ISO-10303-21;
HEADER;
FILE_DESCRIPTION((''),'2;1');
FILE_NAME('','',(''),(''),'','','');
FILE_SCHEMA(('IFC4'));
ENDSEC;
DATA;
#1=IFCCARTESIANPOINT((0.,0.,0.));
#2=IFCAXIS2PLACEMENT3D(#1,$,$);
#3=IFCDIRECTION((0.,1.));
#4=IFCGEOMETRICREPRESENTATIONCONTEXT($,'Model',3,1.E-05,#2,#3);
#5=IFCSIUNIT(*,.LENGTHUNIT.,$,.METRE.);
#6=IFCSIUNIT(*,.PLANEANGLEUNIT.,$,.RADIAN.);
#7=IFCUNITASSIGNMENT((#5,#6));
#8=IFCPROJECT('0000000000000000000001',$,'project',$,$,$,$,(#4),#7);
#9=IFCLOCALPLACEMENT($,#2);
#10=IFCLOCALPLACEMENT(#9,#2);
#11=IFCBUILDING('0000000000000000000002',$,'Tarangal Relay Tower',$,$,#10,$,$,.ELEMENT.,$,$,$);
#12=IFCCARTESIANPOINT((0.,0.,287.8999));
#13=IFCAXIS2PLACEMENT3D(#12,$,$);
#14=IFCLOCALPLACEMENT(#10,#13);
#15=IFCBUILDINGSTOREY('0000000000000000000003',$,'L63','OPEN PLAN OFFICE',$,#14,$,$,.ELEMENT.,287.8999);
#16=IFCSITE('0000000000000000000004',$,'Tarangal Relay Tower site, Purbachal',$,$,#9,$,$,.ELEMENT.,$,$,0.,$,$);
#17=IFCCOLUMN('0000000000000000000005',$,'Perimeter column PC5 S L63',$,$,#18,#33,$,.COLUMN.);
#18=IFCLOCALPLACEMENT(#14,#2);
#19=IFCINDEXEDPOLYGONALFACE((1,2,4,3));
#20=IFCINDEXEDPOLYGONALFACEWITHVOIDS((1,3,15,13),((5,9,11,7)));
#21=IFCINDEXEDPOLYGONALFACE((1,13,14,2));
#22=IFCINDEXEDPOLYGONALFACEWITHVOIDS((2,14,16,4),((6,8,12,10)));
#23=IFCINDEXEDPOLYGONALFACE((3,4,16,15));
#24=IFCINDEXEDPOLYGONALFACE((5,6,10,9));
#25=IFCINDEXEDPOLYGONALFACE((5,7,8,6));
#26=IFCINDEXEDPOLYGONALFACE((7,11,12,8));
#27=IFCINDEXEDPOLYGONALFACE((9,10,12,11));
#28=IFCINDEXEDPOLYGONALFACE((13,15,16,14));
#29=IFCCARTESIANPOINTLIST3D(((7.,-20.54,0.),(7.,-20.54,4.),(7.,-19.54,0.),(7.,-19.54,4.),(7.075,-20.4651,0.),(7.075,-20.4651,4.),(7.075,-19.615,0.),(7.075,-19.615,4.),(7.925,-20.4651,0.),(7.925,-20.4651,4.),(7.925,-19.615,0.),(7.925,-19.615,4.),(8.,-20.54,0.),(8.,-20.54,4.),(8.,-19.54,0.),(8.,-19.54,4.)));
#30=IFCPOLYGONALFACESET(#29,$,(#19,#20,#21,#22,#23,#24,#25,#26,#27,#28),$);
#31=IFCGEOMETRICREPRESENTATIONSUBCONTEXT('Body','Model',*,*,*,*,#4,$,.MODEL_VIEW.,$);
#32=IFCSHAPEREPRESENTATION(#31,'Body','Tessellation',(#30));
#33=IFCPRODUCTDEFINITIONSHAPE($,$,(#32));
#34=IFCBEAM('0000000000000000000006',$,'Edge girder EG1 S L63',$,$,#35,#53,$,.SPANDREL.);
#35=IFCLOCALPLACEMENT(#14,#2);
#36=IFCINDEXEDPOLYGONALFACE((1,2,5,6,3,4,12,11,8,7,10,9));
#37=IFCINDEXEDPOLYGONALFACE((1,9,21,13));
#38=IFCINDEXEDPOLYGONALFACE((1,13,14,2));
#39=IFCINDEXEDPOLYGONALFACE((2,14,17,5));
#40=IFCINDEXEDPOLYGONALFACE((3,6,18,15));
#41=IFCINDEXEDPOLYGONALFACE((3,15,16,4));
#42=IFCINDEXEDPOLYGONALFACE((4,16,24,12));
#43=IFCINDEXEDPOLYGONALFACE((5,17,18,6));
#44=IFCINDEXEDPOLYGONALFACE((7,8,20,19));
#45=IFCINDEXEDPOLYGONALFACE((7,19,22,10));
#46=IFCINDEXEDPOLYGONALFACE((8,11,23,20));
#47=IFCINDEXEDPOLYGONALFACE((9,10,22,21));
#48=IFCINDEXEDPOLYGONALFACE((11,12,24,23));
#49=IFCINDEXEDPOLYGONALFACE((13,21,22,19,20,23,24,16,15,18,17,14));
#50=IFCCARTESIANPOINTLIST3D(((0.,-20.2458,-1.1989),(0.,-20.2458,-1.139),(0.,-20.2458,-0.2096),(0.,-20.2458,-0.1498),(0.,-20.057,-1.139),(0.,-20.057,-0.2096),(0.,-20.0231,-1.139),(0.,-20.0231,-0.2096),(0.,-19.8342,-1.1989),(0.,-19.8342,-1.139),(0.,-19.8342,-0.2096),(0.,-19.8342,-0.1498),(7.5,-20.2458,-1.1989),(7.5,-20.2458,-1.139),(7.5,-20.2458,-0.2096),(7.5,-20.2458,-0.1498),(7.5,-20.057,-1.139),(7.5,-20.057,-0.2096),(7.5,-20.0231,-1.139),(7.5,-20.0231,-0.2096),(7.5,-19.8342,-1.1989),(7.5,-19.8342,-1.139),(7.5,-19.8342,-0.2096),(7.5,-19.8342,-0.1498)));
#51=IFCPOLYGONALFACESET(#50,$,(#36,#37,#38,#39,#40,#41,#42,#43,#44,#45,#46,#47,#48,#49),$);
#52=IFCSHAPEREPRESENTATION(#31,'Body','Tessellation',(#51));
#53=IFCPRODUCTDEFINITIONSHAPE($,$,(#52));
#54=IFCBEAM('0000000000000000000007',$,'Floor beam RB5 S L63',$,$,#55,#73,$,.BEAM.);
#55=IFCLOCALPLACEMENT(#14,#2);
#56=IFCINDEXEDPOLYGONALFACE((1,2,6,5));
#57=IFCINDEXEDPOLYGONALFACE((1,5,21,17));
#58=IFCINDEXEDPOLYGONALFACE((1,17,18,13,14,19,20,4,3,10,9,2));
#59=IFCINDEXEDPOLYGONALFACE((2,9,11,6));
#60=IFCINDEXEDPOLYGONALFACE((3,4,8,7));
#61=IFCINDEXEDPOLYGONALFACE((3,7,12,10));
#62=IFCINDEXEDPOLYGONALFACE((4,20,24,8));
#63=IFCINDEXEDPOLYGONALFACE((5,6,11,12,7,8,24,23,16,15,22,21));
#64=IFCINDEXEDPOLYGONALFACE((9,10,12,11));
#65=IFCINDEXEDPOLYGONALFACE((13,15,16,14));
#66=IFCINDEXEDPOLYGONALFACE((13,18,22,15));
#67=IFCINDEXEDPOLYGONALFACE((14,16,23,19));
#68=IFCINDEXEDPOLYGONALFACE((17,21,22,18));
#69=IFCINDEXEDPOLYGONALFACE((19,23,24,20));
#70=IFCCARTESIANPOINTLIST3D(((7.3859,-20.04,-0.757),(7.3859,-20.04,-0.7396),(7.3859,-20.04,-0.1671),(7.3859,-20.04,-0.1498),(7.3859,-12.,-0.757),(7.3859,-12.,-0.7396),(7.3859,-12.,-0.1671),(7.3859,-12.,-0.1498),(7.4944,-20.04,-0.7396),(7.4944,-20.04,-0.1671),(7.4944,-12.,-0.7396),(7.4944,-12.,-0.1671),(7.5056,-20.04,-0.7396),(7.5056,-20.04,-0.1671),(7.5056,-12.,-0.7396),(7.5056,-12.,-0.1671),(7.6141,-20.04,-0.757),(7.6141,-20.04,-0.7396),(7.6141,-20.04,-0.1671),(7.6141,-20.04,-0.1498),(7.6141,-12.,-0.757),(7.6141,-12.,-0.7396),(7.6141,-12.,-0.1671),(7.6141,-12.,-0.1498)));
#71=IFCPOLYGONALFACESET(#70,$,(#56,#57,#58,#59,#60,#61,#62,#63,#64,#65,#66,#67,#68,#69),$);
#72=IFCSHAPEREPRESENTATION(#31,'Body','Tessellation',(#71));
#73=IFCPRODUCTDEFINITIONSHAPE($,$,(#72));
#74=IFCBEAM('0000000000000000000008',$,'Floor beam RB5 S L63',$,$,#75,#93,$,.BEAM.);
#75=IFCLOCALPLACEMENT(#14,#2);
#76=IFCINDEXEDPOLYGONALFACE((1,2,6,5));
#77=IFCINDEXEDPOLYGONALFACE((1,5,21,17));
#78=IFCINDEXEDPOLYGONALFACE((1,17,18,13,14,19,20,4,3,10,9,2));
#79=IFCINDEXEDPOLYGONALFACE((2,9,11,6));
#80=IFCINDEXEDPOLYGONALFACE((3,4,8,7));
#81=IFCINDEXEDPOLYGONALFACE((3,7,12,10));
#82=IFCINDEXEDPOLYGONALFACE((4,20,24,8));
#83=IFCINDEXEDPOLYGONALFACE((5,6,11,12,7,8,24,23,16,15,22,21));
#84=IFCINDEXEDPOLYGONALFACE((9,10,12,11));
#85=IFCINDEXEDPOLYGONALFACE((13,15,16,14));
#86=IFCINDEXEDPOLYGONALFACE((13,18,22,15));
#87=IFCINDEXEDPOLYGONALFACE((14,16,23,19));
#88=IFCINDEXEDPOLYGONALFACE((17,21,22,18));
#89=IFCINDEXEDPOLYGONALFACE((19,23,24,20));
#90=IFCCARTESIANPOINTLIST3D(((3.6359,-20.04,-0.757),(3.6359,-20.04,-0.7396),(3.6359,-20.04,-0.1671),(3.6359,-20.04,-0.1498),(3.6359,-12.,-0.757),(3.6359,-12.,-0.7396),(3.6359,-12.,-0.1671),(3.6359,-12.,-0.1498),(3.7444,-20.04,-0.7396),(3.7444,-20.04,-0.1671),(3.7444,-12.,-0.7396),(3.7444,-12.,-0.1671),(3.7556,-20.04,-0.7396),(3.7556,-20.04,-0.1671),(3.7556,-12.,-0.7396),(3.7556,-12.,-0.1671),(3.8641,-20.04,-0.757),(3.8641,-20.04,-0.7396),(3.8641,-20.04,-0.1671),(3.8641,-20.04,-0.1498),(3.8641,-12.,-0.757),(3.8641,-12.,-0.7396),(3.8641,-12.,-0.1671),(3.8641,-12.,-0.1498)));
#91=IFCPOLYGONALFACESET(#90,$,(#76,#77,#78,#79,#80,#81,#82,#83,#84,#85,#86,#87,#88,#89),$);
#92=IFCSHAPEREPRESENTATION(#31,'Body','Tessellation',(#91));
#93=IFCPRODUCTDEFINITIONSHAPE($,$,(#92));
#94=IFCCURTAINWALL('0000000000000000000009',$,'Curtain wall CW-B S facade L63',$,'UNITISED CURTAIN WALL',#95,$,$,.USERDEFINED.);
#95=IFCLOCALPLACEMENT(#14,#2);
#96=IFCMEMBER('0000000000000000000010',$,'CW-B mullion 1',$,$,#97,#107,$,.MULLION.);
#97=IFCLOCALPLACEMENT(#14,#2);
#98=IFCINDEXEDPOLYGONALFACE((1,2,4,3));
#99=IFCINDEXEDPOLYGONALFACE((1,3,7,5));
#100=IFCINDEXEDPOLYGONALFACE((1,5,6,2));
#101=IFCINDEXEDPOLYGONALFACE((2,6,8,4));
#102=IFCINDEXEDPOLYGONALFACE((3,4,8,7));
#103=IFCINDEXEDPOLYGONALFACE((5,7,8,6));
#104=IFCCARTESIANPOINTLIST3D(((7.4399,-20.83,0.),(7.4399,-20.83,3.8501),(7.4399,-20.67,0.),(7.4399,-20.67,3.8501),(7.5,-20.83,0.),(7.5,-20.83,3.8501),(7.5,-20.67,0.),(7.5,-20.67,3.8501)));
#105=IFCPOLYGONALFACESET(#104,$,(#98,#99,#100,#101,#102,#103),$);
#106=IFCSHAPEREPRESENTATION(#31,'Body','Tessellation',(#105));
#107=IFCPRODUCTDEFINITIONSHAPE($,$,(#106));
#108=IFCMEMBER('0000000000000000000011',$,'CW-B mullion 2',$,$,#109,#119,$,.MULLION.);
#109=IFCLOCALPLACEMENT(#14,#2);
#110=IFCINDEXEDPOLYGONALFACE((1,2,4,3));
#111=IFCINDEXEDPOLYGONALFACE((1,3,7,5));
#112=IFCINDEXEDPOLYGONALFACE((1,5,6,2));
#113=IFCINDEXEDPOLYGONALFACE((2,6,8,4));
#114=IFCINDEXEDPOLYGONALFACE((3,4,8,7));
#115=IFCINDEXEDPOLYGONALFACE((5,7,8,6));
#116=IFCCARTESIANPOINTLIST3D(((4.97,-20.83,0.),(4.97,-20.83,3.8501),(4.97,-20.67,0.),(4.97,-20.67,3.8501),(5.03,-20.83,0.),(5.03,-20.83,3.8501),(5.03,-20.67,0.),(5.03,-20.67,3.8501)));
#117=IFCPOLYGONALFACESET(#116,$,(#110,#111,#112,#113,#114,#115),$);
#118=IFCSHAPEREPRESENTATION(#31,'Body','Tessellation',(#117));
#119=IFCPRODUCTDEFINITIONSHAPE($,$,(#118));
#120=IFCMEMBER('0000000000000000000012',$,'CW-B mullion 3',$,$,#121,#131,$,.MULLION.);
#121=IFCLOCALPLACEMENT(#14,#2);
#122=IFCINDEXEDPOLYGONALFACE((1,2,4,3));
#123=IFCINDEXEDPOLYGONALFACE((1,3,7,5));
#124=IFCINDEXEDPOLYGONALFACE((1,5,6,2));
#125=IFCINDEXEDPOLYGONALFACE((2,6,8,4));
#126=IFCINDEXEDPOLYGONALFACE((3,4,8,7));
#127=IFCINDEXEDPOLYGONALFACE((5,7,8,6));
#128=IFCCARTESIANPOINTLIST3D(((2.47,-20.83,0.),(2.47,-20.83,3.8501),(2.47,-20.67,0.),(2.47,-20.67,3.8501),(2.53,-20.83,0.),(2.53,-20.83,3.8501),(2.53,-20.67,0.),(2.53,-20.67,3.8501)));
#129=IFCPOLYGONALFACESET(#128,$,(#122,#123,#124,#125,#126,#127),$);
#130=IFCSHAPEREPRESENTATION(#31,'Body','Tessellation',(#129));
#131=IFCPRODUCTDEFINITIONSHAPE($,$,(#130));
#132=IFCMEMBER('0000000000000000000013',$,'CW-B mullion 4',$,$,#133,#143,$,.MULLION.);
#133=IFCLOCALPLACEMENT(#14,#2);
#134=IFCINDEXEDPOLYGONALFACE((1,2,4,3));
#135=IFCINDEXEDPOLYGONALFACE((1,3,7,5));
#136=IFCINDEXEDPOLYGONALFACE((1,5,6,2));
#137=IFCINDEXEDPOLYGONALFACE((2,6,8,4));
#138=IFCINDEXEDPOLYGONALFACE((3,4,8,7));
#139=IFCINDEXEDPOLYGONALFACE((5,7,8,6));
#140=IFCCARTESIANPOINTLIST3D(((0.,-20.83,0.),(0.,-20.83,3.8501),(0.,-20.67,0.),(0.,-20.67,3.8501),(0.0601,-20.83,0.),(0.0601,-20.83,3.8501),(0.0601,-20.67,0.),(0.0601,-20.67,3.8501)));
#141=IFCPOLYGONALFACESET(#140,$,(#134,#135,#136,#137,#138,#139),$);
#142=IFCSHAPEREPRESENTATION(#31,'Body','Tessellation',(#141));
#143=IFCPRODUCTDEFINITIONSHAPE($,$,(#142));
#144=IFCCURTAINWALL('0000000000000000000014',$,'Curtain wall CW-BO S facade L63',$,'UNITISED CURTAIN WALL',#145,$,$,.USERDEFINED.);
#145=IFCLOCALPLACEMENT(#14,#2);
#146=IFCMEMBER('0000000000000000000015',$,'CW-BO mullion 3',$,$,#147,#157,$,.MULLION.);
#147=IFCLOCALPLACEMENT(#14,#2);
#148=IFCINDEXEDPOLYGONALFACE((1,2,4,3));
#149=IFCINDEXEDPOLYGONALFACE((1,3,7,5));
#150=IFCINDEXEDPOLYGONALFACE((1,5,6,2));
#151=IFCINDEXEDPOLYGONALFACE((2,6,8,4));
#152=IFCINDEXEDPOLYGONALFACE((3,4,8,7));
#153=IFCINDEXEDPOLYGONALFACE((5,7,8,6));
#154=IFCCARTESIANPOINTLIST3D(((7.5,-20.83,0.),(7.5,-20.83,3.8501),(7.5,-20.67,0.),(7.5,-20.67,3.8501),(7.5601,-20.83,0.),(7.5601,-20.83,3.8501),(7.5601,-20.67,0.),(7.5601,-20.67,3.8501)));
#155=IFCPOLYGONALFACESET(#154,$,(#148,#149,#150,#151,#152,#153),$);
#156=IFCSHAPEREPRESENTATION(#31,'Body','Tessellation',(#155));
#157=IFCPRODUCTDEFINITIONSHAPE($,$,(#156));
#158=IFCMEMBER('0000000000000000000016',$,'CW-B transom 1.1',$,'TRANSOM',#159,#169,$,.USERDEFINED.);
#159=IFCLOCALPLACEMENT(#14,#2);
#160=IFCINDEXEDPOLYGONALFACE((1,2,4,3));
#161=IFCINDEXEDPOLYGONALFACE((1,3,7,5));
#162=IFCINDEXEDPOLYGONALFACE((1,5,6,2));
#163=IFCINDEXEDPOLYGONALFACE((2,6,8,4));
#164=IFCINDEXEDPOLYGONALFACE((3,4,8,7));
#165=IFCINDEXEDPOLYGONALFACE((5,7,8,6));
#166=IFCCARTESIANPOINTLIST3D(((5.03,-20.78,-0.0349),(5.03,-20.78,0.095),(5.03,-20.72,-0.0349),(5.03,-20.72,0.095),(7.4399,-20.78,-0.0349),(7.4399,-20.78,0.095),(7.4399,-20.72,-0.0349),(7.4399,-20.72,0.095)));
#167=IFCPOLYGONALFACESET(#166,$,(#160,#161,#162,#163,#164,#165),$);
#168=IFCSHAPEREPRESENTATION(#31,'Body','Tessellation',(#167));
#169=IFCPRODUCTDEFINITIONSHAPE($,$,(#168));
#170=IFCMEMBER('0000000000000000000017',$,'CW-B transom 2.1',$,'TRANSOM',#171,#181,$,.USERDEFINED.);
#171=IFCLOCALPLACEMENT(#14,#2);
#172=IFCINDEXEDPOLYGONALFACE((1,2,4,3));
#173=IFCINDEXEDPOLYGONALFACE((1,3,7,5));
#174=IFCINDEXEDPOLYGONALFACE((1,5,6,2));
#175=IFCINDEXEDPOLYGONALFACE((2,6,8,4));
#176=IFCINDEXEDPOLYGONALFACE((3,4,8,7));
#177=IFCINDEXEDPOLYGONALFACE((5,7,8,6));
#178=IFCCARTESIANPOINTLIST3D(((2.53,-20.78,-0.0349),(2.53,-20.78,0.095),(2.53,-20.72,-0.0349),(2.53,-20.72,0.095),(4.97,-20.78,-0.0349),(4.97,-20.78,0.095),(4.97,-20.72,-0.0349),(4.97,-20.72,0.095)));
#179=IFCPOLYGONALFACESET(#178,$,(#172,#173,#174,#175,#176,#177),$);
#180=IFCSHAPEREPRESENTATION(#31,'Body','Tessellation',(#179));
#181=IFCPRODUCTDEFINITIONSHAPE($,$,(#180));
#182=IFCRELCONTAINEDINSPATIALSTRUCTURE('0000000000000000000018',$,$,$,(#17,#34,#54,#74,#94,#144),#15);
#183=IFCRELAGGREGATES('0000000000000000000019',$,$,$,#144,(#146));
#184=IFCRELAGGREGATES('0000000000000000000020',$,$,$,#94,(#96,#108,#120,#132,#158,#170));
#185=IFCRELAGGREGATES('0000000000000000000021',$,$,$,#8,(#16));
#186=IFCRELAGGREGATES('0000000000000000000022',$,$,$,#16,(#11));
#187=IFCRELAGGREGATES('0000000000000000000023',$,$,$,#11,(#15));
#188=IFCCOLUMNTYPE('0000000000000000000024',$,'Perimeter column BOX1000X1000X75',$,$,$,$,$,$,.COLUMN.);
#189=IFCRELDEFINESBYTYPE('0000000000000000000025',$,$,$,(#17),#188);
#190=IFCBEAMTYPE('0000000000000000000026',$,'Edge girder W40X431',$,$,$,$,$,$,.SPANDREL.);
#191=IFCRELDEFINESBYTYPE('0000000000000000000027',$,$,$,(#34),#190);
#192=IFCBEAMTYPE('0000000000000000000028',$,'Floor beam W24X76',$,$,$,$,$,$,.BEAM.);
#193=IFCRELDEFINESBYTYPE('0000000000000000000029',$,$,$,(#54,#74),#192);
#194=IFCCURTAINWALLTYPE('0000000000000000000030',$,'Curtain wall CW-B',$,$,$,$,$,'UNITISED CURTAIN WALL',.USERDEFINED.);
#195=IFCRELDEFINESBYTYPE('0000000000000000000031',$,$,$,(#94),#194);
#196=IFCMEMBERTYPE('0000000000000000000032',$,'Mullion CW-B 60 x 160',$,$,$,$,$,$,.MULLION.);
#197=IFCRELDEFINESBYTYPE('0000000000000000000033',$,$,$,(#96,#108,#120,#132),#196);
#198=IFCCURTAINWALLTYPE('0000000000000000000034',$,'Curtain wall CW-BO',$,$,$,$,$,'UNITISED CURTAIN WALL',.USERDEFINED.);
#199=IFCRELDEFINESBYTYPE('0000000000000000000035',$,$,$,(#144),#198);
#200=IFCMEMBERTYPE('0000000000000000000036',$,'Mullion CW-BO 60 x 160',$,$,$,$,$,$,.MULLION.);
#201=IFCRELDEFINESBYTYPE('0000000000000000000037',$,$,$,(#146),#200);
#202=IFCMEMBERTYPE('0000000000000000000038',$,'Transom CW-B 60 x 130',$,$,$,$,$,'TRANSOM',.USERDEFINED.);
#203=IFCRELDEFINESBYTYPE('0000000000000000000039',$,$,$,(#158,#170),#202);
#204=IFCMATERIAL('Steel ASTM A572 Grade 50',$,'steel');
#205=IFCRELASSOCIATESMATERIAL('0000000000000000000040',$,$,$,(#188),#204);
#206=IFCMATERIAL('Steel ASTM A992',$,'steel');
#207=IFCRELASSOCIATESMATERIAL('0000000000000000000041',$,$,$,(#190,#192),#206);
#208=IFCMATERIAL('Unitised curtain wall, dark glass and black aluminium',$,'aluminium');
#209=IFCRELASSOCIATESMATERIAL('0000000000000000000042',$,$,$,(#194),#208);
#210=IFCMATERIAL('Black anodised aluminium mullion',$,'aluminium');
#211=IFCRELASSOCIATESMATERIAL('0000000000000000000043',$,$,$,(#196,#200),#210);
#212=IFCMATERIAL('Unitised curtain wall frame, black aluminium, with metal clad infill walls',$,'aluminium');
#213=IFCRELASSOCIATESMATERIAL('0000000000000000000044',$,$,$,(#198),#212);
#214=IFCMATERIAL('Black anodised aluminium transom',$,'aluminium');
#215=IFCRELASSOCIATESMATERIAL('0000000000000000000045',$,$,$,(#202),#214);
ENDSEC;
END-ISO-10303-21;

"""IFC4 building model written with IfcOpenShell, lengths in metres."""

from ifc_helpers import new_model, si_unit, direction, frame, origin, origin_2d, place, context, subcontext, project, spatial, rectangle, hollow_rectangle, i_section, extrude, material, material_profile, profile_set, type_object, element, aggregate, save


model = new_model("IFC4")

# Units and contexts
model_context = context("Model", 3, precision=1e-05, world=origin(), true_north=direction((0.0, 1.0)))
body_context = subcontext(model_context, "Body", "Model", "MODEL_VIEW")
ifc_project = project(units=[si_unit("LENGTHUNIT", "METRE"), si_unit("PLANEANGLEUNIT", "RADIAN")], contexts=[model_context])

# Site, building, storey
site_placement = place(None, origin())
site = spatial("IfcSite", under=ifc_project, at=site_placement, Name="Tarangal Relay Tower site, Purbachal", CompositionType="ELEMENT", RefElevation=0.0)
building_placement = place(site_placement, origin())
building = spatial("IfcBuilding", under=site, at=building_placement, Name="Tarangal Relay Tower", CompositionType="ELEMENT")
storey_placement = place(building_placement, frame((0.0, 0.0, 287.8999)))
storey = spatial("IfcBuildingStorey", under=building, at=storey_placement, Name="L63", Description="OPEN PLAN OFFICE", CompositionType="ELEMENT", Elevation=287.8999)

# Column
ifc_material_1 = material(Name="Steel ASTM A572 Grade 50", Category="steel")
ifc_material_profile_1 = material_profile(ifc_material_1, hollow_rectangle(XDim=1.0, YDim=1.0, WallThickness=0.075, at=origin_2d()), Name="BOX1000X1000X75")
ifc_profile_set_1 = profile_set([ifc_material_profile_1], Name="Steel ASTM A572 Grade 50")
column_type = type_object("IfcColumnType", Name="Perimeter column BOX1000X1000X75", PredefinedType="COLUMN", material=ifc_profile_set_1)
column_placement = place(storey_placement, frame((7.5, -20.04, 0.0), z_axis=(0.0, 0.0, 1.0), x_axis=(1.0, 0.0, 0.0)))
element("IfcColumn", 1, at=column_placement, inside=storey, type_object=column_type, Name="Perimeter column PC5 S L63", PredefinedType="COLUMN", context=body_context, shape_type="SweptSolid", body=[
    extrude(hollow_rectangle(XDim=1.0, YDim=1.0, WallThickness=0.075, at=origin_2d()), origin(), (0.0, 0.0, 1.0), 4.0),
])

# Beams
ifc_material_2 = material(Name="Steel ASTM A992", Category="steel")
ifc_material_profile_2 = material_profile(ifc_material_2, i_section(OverallWidth=0.4116, OverallDepth=1.0491, WebThickness=0.0339, FlangeThickness=0.0598, at=origin_2d()), Name="W40X431")
ifc_profile_set_2 = profile_set([ifc_material_profile_2], Name="Steel ASTM A992")
beam_type_1 = type_object("IfcBeamType", Name="Edge girder W40X431", PredefinedType="SPANDREL", material=ifc_profile_set_2)
beam_placement = place(storey_placement, frame((7.5, -20.04, -0.6743), z_axis=(-1.0, 0.0, 0.0), x_axis=(0.0, -1.0, 0.0)))
element("IfcBeam", 2, at=beam_placement, inside=storey, type_object=beam_type_1, Name="Edge girder EG1 S L63", PredefinedType="SPANDREL", context=body_context, shape_type="SweptSolid", body=[
    extrude(i_section(OverallWidth=0.4116, OverallDepth=1.0491, WebThickness=0.0339, FlangeThickness=0.0598, at=origin_2d()), origin(), (0.0, 0.0, 1.0), 7.5),
])
ifc_material_profile_3 = material_profile(ifc_material_2, i_section(OverallWidth=0.2283, OverallDepth=0.6072, WebThickness=0.0112, FlangeThickness=0.0173, at=origin_2d()), Name="W24X76")
ifc_profile_set_3 = profile_set([ifc_material_profile_3], Name="Steel ASTM A992")
beam_type_2 = type_object("IfcBeamType", Name="Floor beam W24X76", PredefinedType="BEAM", material=ifc_profile_set_3)
for number, where, z_axis, x_axis, name in (
    (3, (7.5, -12.0, -0.4534), (0.0, -1.0, 0.0), (1.0, 0.0, 0.0), "Floor beam RB5 S L63"),
    (4, (3.75, -12.0, -0.4534), (0.0, -1.0, 0.0), (1.0, 0.0, 0.0), "Floor beam RB5 S L63"),
):
    element("IfcBeam", number, at=place(storey_placement, frame(where, z_axis=z_axis, x_axis=x_axis)), inside=storey, type_object=beam_type_2, Name=name, PredefinedType="BEAM", context=body_context, shape_type="SweptSolid", body=[
        extrude(i_section(OverallWidth=0.2283, OverallDepth=0.6072, WebThickness=0.0112, FlangeThickness=0.0173, at=origin_2d()), origin(), (0.0, 0.0, 1.0), 8.04),
    ])

# Curtain wall, members
ifc_material_3 = material(Name="Unitised curtain wall, dark glass and black aluminium", Category="aluminium")
curtain_wall_type_1 = type_object("IfcCurtainWallType", Name="Curtain wall CW-B", ElementType="UNITISED CURTAIN WALL", PredefinedType="USERDEFINED", material=ifc_material_3)
curtain_wall_1_placement = place(storey_placement, origin())
curtain_wall_1 = element("IfcCurtainWall", 5, at=curtain_wall_1_placement, inside=storey, type_object=curtain_wall_type_1, Name="Curtain wall CW-B S facade L63", ObjectType="UNITISED CURTAIN WALL", PredefinedType="USERDEFINED")
ifc_material_4 = material(Name="Black anodised aluminium mullion", Category="aluminium")
ifc_material_profile_4 = material_profile(ifc_material_4, rectangle(XDim=0.1599, YDim=0.0601, at=origin_2d()), Name="CW-BM 60X160")
ifc_profile_set_4 = profile_set([ifc_material_profile_4], Name="Black anodised aluminium mullion")
member_type_1 = type_object("IfcMemberType", Name="Mullion CW-B 60 x 160", PredefinedType="MULLION", material=ifc_profile_set_4)
member_1_placement = place(storey_placement, frame((7.47, -20.75, 0.0), z_axis=(0.0, 0.0, 1.0), x_axis=(0.0, -1.0, 0.0)))
member_1 = element("IfcMember", 6, at=member_1_placement, type_object=member_type_1, Name="CW-B mullion 1", PredefinedType="MULLION", context=body_context, shape_type="SweptSolid", body=[
    extrude(rectangle(XDim=0.1599, YDim=0.0601, at=origin_2d()), origin(), (0.0, 0.0, 1.0), 3.8501),
])
member_2_placement = place(storey_placement, frame((5.0, -20.75, 0.0), z_axis=(0.0, 0.0, 1.0), x_axis=(0.0, -1.0, 0.0)))
member_2 = element("IfcMember", 7, at=member_2_placement, type_object=member_type_1, Name="CW-B mullion 2", PredefinedType="MULLION", context=body_context, shape_type="SweptSolid", body=[
    extrude(rectangle(XDim=0.1599, YDim=0.0601, at=origin_2d()), origin(), (0.0, 0.0, 1.0), 3.8501),
])
member_3_placement = place(storey_placement, frame((2.5, -20.75, 0.0), z_axis=(0.0, 0.0, 1.0), x_axis=(0.0, -1.0, 0.0)))
member_3 = element("IfcMember", 8, at=member_3_placement, type_object=member_type_1, Name="CW-B mullion 3", PredefinedType="MULLION", context=body_context, shape_type="SweptSolid", body=[
    extrude(rectangle(XDim=0.1599, YDim=0.0601, at=origin_2d()), origin(), (0.0, 0.0, 1.0), 3.8501),
])
member_4_placement = place(storey_placement, frame((0.03, -20.75, 0.0), z_axis=(0.0, 0.0, 1.0), x_axis=(0.0, -1.0, 0.0)))
member_4 = element("IfcMember", 9, at=member_4_placement, type_object=member_type_1, Name="CW-B mullion 4", PredefinedType="MULLION", context=body_context, shape_type="SweptSolid", body=[
    extrude(rectangle(XDim=0.1599, YDim=0.0601, at=origin_2d()), origin(), (0.0, 0.0, 1.0), 3.8501),
])

# Curtain wall, member
ifc_material_5 = material(Name="Unitised curtain wall frame, black aluminium, with metal clad infill walls", Category="aluminium")
curtain_wall_type_2 = type_object("IfcCurtainWallType", Name="Curtain wall CW-BO", ElementType="UNITISED CURTAIN WALL", PredefinedType="USERDEFINED", material=ifc_material_5)
curtain_wall_2_placement = place(storey_placement, origin())
curtain_wall_2 = element("IfcCurtainWall", 10, at=curtain_wall_2_placement, inside=storey, type_object=curtain_wall_type_2, Name="Curtain wall CW-BO S facade L63", ObjectType="UNITISED CURTAIN WALL", PredefinedType="USERDEFINED")
ifc_material_profile_5 = material_profile(ifc_material_4, rectangle(XDim=0.1599, YDim=0.0601, at=origin_2d()), Name="CW-BOM 60X160")
ifc_profile_set_5 = profile_set([ifc_material_profile_5], Name="Black anodised aluminium mullion")
member_type_2 = type_object("IfcMemberType", Name="Mullion CW-BO 60 x 160", PredefinedType="MULLION", material=ifc_profile_set_5)
member_5_placement = place(storey_placement, frame((7.53, -20.75, 0.0), z_axis=(0.0, 0.0, 1.0), x_axis=(0.0, -1.0, 0.0)))
member_5 = element("IfcMember", 11, at=member_5_placement, type_object=member_type_2, Name="CW-BO mullion 3", PredefinedType="MULLION", context=body_context, shape_type="SweptSolid", body=[
    extrude(rectangle(XDim=0.1599, YDim=0.0601, at=origin_2d()), origin(), (0.0, 0.0, 1.0), 3.8501),
])

# Members
ifc_material_6 = material(Name="Black anodised aluminium transom", Category="aluminium")
ifc_material_profile_6 = material_profile(ifc_material_6, rectangle(XDim=0.0601, YDim=0.1299, at=origin_2d()), Name="CW-BT 60X130")
ifc_profile_set_6 = profile_set([ifc_material_profile_6], Name="Black anodised aluminium transom")
member_type_3 = type_object("IfcMemberType", Name="Transom CW-B 60 x 130", ElementType="TRANSOM", PredefinedType="USERDEFINED", material=ifc_profile_set_6)
member_6_placement = place(storey_placement, frame((7.4399, -20.75, 0.03), z_axis=(-1.0, 0.0, 0.0), x_axis=(0.0, -1.0, 0.0)))
member_6 = element("IfcMember", 12, at=member_6_placement, type_object=member_type_3, Name="CW-B transom 1.1", ObjectType="TRANSOM", PredefinedType="USERDEFINED", context=body_context, shape_type="SweptSolid", body=[
    extrude(rectangle(XDim=0.0601, YDim=0.1299, at=origin_2d()), origin(), (0.0, 0.0, 1.0), 2.4099),
])
member_7_placement = place(storey_placement, frame((4.97, -20.75, 0.03), z_axis=(-1.0, 0.0, 0.0), x_axis=(0.0, -1.0, 0.0)))
member_7 = element("IfcMember", 13, at=member_7_placement, type_object=member_type_3, Name="CW-B transom 2.1", ObjectType="TRANSOM", PredefinedType="USERDEFINED", context=body_context, shape_type="SweptSolid", body=[
    extrude(rectangle(XDim=0.0601, YDim=0.1299, at=origin_2d()), origin(), (0.0, 0.0, 1.0), 2.4399),
])
aggregate(curtain_wall_2, [member_5])

aggregate(curtain_wall_1, [member_1, member_2, member_3, member_4, member_6, member_7])

save(model, "model.ifc")
